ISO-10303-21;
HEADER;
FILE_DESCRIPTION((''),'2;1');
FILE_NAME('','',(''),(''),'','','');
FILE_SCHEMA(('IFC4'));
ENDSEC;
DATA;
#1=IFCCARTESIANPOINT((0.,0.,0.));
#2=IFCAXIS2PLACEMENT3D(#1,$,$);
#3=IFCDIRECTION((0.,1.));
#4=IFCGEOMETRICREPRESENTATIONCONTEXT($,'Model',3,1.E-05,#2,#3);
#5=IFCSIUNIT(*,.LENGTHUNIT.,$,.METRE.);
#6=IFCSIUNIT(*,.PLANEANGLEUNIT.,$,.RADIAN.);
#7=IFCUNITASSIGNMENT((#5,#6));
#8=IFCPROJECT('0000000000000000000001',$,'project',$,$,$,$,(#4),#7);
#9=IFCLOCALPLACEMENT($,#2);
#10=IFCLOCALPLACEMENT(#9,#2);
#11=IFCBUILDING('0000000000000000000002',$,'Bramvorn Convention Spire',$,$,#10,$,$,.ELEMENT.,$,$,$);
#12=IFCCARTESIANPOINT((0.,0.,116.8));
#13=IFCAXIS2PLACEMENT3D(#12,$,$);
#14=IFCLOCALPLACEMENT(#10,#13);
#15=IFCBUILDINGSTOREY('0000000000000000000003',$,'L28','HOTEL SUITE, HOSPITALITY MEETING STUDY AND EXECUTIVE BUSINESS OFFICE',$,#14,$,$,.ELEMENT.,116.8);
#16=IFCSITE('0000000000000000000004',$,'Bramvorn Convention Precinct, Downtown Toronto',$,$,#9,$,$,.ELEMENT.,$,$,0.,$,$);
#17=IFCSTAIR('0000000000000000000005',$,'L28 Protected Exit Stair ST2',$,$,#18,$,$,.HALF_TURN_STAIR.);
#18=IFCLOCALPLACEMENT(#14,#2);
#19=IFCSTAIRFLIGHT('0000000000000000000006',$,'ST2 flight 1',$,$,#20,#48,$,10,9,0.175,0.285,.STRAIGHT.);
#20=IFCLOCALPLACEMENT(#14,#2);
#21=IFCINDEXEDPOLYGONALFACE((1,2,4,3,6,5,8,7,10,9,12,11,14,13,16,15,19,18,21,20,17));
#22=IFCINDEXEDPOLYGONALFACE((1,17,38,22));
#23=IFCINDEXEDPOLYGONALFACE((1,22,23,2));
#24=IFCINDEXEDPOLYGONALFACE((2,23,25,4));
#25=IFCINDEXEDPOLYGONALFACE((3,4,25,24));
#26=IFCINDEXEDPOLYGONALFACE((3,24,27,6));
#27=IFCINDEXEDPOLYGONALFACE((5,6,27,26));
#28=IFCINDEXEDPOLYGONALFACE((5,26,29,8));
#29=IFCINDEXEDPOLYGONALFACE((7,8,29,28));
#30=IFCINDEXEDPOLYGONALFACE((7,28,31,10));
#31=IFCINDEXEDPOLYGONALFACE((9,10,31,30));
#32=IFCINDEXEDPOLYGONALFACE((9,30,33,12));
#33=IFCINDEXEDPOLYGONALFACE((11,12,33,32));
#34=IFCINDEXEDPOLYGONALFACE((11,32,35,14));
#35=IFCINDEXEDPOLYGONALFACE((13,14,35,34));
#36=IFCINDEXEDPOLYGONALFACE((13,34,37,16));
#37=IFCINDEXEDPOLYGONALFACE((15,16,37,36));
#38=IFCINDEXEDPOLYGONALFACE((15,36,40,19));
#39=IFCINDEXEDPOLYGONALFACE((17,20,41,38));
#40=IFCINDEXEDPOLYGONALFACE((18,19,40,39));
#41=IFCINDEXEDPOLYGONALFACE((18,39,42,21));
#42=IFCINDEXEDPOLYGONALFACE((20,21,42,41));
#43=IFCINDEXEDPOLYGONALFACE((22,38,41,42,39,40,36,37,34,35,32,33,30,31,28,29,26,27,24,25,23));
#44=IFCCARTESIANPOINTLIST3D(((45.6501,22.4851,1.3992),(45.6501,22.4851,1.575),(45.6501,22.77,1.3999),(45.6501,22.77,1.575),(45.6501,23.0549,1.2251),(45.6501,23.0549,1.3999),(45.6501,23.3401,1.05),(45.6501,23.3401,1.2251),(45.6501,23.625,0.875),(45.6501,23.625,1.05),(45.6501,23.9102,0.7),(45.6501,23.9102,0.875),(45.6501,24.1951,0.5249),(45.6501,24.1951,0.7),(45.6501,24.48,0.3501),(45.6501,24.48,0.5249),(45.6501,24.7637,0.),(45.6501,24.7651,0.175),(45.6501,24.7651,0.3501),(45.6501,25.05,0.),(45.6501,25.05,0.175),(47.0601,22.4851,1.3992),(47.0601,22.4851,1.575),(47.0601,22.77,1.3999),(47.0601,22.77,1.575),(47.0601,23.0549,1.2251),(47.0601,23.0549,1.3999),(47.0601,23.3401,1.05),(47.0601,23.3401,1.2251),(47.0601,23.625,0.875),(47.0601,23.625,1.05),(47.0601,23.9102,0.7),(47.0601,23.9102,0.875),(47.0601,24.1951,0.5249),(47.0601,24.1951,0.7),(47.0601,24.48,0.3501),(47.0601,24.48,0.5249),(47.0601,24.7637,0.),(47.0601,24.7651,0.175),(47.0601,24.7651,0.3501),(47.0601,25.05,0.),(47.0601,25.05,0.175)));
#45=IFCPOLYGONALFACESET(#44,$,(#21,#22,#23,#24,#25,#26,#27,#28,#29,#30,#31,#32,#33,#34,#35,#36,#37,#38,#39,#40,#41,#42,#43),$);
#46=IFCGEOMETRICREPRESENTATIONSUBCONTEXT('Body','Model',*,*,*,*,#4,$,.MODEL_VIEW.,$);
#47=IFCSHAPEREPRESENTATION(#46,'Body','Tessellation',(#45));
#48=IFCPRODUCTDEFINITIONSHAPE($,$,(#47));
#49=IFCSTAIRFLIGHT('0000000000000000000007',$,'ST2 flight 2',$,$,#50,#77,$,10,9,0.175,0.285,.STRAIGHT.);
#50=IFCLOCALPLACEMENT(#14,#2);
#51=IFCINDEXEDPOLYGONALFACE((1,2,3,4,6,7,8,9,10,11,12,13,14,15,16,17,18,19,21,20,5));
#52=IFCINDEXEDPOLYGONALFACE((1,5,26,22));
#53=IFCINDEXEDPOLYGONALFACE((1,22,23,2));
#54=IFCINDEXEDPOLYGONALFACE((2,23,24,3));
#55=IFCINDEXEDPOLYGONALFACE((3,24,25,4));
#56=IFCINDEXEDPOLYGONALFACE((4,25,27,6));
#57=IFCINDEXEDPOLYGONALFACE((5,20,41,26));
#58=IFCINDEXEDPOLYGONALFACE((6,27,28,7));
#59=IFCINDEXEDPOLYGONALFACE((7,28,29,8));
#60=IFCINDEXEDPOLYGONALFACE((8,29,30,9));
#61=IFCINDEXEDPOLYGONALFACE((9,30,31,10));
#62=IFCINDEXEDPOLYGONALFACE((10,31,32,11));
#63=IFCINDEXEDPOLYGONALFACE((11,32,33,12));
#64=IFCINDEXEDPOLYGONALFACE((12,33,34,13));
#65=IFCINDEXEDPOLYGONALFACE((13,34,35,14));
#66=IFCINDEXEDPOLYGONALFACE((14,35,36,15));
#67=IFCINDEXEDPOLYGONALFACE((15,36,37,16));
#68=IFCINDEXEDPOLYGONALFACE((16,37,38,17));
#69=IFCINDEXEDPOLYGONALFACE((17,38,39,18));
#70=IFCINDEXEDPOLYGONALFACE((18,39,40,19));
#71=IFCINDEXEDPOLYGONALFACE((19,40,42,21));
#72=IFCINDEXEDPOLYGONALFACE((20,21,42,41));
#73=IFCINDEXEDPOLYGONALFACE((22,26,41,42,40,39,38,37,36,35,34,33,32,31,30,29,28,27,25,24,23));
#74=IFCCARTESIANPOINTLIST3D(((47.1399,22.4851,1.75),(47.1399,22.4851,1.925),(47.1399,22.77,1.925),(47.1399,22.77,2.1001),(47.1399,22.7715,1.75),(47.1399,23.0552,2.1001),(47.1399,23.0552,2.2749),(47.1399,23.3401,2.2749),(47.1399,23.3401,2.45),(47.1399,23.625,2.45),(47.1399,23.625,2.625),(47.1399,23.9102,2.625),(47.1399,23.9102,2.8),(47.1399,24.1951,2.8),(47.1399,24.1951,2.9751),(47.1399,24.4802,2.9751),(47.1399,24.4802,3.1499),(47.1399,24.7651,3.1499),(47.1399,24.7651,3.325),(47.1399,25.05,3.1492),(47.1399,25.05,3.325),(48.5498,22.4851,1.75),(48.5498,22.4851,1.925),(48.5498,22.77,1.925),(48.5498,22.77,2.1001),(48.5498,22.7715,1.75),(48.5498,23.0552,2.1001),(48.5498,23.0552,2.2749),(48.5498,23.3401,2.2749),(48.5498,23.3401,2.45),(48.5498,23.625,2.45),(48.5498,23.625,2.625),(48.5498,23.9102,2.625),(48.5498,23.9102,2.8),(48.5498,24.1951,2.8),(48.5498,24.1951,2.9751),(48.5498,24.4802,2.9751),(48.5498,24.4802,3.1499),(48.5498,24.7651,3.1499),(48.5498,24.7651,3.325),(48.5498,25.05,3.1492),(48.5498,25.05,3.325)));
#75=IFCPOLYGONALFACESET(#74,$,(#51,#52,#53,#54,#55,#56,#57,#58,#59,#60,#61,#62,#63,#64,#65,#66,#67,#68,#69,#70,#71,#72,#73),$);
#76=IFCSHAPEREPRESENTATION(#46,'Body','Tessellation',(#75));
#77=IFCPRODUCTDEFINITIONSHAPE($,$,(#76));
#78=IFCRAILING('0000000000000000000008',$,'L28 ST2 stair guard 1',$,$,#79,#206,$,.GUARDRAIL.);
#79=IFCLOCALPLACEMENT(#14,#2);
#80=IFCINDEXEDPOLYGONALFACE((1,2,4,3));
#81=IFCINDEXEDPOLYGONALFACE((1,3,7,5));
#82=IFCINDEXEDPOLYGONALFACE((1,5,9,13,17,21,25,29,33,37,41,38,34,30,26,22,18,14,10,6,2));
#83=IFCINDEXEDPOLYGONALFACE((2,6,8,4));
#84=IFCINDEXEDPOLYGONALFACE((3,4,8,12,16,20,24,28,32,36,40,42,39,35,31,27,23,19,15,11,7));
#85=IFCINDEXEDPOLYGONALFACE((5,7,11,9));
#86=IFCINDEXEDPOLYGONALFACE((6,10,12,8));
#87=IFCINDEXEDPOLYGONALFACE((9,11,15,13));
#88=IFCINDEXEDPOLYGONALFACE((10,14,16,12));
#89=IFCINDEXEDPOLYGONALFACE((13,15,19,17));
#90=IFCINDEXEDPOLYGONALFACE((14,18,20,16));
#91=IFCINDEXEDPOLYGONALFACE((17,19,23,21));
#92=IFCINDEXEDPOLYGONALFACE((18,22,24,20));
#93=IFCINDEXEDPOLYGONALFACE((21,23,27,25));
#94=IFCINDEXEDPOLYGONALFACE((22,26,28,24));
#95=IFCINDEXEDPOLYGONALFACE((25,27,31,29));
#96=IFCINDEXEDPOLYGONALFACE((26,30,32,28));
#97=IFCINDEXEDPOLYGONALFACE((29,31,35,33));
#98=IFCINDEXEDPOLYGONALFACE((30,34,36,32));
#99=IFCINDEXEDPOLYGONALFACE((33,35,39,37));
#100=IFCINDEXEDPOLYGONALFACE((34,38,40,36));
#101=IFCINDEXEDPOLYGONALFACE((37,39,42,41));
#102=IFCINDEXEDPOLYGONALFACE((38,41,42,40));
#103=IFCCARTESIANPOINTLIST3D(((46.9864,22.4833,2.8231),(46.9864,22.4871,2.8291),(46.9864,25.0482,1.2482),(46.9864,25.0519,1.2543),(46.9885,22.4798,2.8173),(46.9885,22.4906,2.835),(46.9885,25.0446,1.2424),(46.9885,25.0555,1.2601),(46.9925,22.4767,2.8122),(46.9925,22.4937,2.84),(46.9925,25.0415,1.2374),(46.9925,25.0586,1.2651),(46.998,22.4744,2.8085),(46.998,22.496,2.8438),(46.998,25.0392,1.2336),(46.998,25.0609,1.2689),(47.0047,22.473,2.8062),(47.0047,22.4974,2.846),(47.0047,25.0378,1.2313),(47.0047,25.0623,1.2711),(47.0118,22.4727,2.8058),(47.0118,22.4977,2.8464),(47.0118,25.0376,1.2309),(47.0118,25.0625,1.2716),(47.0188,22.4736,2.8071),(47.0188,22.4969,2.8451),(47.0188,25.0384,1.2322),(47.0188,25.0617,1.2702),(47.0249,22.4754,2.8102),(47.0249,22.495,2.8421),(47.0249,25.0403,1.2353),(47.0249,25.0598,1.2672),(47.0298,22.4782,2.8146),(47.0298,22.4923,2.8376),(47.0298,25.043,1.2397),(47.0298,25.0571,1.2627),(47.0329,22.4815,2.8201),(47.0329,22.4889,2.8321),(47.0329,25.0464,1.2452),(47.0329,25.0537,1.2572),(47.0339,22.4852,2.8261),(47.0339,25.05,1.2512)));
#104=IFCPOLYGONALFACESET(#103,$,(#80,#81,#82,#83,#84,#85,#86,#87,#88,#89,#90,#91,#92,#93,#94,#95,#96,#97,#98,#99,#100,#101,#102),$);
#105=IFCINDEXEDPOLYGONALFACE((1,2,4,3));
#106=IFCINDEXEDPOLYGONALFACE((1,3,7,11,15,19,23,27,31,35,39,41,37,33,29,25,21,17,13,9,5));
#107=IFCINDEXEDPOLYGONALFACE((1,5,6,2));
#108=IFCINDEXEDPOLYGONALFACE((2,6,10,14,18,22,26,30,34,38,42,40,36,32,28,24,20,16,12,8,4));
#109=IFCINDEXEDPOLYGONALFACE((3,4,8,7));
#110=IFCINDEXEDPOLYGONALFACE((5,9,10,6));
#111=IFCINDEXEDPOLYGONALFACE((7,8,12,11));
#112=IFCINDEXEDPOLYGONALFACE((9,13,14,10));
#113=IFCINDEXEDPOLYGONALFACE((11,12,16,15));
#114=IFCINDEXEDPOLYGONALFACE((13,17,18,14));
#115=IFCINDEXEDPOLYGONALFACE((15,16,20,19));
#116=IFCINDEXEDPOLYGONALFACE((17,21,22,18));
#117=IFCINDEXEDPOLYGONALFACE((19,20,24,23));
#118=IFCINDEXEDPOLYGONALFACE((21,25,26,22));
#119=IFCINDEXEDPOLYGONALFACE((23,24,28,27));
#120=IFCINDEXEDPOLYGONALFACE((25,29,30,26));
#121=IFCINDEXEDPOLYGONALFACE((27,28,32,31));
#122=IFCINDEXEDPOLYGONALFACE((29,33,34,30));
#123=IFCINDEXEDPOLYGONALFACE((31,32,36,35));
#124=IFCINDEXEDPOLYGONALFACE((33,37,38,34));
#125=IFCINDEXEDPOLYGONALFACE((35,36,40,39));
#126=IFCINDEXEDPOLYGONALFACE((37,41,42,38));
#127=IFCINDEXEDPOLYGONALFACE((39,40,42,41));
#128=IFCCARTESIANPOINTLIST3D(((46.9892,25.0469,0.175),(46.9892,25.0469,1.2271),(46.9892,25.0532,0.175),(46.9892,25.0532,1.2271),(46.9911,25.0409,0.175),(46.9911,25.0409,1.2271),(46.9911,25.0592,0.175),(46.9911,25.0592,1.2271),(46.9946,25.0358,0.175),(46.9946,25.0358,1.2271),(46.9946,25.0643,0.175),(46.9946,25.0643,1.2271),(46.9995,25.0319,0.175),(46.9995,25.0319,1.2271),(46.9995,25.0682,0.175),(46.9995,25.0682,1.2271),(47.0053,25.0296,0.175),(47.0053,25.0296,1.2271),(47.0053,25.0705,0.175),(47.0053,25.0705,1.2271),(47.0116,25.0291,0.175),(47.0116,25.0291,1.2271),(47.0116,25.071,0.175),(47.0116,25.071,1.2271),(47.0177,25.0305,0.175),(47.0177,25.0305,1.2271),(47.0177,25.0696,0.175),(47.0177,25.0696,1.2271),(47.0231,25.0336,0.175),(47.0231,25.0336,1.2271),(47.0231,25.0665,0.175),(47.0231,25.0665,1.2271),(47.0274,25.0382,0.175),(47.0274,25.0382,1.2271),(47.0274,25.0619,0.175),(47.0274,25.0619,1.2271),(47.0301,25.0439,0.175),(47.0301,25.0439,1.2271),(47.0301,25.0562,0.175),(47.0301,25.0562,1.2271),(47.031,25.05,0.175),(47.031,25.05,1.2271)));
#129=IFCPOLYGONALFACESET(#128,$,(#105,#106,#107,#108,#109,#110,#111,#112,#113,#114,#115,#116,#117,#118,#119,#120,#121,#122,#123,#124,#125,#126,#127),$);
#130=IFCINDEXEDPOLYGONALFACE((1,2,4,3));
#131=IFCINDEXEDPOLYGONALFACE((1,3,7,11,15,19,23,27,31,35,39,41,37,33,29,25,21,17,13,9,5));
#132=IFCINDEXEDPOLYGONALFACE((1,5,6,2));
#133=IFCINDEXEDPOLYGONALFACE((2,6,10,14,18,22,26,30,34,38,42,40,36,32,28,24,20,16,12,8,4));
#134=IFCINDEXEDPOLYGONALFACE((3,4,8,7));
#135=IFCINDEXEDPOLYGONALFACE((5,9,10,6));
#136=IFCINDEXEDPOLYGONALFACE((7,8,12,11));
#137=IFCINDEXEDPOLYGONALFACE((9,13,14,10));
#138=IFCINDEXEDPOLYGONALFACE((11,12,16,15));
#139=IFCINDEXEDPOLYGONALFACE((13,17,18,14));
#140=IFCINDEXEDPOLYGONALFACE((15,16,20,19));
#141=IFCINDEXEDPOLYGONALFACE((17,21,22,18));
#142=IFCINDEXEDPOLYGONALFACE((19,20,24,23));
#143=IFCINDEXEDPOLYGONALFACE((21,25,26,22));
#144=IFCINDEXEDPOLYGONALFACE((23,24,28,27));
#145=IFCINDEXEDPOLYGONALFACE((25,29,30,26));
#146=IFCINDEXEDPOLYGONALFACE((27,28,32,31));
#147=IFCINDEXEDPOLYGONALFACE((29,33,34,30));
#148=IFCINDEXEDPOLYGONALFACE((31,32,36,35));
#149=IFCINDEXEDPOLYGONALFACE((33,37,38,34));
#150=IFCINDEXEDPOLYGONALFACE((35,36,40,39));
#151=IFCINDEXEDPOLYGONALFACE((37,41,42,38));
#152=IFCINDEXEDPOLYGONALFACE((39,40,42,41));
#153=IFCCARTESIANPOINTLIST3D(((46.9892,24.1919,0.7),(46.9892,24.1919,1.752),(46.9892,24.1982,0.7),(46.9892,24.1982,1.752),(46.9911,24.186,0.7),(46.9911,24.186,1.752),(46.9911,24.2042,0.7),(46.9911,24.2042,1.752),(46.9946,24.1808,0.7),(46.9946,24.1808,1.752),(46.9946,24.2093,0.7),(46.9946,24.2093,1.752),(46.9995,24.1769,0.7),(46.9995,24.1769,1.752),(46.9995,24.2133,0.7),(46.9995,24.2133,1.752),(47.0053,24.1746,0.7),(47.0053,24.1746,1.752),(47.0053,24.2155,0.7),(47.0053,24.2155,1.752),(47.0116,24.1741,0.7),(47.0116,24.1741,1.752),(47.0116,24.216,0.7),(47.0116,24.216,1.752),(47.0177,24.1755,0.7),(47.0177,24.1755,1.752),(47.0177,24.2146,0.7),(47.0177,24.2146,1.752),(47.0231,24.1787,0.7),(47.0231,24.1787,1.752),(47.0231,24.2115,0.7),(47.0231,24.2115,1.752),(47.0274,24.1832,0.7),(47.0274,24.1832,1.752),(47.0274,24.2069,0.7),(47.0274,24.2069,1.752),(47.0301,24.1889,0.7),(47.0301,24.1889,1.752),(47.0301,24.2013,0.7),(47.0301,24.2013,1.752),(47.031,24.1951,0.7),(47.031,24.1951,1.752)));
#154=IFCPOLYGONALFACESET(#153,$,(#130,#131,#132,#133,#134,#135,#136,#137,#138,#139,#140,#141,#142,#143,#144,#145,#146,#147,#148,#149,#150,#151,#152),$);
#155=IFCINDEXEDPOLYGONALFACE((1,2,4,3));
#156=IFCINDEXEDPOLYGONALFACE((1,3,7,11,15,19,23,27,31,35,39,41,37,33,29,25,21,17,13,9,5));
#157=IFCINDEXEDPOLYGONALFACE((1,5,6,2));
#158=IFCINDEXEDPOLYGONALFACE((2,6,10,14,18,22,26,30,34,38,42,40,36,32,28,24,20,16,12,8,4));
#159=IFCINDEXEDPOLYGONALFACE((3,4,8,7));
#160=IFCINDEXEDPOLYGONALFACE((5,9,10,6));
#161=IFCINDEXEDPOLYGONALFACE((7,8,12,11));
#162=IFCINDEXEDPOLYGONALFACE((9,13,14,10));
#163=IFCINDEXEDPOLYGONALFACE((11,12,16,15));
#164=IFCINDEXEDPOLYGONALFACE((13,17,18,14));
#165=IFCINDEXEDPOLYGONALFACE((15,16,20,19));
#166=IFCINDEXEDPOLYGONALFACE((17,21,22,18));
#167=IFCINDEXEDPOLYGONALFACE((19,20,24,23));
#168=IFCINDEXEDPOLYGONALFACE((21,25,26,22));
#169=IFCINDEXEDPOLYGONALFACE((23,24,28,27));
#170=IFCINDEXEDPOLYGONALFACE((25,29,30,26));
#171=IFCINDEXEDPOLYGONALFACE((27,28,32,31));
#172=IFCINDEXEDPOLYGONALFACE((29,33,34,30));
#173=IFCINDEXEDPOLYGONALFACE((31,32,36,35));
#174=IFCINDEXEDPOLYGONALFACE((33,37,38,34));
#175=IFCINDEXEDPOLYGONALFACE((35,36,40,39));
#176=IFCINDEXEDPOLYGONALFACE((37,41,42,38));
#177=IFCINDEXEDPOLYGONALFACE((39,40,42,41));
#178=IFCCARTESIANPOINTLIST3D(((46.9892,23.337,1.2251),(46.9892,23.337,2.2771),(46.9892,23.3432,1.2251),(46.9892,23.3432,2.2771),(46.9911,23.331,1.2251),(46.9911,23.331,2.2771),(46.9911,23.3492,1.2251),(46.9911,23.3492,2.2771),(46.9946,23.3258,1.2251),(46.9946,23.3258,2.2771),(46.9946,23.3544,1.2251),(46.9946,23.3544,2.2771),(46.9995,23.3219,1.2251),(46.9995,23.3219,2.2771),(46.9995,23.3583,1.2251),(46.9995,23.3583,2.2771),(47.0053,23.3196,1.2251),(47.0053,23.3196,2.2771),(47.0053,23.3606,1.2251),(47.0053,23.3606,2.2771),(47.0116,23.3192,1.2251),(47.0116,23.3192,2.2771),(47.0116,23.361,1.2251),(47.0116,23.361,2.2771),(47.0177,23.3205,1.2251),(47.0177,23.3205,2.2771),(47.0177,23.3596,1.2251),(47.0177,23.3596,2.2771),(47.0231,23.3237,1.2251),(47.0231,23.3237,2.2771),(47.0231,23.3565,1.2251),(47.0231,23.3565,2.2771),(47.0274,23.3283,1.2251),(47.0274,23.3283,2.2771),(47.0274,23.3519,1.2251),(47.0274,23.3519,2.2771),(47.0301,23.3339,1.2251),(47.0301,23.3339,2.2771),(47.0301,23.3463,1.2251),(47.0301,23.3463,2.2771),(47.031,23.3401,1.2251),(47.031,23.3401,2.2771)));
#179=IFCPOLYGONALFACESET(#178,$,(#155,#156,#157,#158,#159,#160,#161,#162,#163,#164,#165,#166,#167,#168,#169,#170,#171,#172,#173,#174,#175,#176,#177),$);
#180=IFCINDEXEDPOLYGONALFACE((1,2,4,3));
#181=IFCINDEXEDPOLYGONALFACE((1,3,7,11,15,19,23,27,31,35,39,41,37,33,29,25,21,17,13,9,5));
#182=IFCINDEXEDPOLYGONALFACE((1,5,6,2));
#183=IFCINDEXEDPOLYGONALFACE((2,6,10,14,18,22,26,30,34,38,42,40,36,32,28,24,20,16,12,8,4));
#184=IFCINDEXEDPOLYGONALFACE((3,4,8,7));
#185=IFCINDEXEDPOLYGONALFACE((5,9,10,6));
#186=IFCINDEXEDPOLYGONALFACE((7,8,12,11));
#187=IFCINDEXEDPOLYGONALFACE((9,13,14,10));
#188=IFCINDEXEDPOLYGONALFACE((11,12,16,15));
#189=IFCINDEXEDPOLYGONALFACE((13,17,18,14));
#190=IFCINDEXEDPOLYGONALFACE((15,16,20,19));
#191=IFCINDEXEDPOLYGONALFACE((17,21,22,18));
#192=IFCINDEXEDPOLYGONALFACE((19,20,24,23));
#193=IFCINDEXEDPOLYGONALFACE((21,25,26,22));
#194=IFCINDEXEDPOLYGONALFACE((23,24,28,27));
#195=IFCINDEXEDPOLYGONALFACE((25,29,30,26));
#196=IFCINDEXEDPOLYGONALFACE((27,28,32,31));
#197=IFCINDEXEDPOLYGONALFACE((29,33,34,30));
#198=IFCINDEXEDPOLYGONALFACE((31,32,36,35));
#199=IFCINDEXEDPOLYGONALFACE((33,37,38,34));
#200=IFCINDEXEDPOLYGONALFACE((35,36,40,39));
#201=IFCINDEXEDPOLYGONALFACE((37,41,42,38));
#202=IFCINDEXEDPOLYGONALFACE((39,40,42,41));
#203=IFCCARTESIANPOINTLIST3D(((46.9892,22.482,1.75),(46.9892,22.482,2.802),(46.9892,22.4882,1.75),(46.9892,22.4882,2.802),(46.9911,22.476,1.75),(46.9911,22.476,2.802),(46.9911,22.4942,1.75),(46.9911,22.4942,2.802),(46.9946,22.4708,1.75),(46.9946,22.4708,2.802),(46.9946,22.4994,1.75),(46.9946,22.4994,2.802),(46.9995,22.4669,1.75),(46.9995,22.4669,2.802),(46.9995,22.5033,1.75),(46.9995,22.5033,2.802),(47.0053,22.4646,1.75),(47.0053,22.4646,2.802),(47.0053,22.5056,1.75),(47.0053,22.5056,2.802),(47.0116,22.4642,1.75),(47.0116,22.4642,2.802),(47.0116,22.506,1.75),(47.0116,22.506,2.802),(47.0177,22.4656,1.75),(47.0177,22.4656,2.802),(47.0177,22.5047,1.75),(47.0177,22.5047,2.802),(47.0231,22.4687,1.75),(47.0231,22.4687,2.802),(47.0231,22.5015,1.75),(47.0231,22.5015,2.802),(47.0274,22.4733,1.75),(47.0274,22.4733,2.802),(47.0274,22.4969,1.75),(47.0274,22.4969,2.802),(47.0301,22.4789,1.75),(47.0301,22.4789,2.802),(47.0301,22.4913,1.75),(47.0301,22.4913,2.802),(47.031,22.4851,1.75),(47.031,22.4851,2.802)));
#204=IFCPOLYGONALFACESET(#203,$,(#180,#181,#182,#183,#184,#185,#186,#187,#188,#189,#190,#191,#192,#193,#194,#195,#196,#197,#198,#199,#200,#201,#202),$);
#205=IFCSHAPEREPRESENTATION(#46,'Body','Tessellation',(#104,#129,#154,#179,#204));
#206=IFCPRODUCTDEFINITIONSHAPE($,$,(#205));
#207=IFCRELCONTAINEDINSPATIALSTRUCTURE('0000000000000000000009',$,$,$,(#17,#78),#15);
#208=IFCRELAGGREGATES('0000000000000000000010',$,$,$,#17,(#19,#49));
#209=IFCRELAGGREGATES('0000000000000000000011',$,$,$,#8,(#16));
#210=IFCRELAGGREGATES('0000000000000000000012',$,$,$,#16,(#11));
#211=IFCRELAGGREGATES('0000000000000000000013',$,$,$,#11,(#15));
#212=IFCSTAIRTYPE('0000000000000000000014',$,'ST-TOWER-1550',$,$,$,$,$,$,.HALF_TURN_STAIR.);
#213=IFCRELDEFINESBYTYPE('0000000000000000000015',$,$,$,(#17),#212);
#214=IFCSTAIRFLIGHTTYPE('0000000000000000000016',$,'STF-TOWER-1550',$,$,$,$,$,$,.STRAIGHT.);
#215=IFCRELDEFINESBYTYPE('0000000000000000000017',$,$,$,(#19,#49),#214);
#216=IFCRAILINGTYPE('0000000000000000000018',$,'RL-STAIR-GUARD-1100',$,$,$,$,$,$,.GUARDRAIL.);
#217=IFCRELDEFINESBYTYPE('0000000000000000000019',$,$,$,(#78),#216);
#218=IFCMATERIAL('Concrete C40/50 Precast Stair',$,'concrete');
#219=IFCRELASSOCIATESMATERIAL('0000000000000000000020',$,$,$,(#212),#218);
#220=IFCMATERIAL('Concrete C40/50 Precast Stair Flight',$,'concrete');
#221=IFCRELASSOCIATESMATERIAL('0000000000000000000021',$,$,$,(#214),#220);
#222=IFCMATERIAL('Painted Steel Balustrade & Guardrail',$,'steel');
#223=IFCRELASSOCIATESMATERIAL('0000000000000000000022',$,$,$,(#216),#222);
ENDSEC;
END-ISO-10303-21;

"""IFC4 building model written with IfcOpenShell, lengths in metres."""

from ifc_helpers import new_model, si_unit, direction, frame, origin, origin_2d, place, context, subcontext, project, spatial, polyline, circle, outline, extrude, material, type_object, element, aggregate, save


model = new_model("IFC4")

# Units and contexts
model_context = context("Model", 3, precision=1e-05, world=origin(), true_north=direction((0.0, 1.0)))
body_context = subcontext(model_context, "Body", "Model", "MODEL_VIEW")
ifc_project = project(units=[si_unit("LENGTHUNIT", "METRE"), si_unit("PLANEANGLEUNIT", "RADIAN")], contexts=[model_context])

# Site, building, storey
site_placement = place(None, origin())
site = spatial("IfcSite", under=ifc_project, at=site_placement, Name="Bramvorn Convention Precinct, Downtown Toronto", CompositionType="ELEMENT", RefElevation=0.0)
building_placement = place(site_placement, origin())
building = spatial("IfcBuilding", under=site, at=building_placement, Name="Bramvorn Convention Spire", CompositionType="ELEMENT")
storey_placement = place(building_placement, frame((0.0, 0.0, 116.8)))
storey = spatial("IfcBuildingStorey", under=building, at=storey_placement, Name="L28", Description="HOTEL SUITE, HOSPITALITY MEETING STUDY AND EXECUTIVE BUSINESS OFFICE", CompositionType="ELEMENT", Elevation=116.8)

# Stair, stair flights
ifc_material_1 = material(Name="Concrete C40/50 Precast Stair", Category="concrete")
stair_type = type_object("IfcStairType", Name="ST-TOWER-1550", PredefinedType="HALF_TURN_STAIR", material=ifc_material_1)
stair_placement = place(storey_placement, origin())
stair = element("IfcStair", 1, at=stair_placement, inside=storey, type_object=stair_type, Name="L28 Protected Exit Stair ST2", PredefinedType="HALF_TURN_STAIR")
ifc_material_2 = material(Name="Concrete C40/50 Precast Stair Flight", Category="concrete")
stair_flight_type = type_object("IfcStairFlightType", Name="STF-TOWER-1550", PredefinedType="STRAIGHT", material=ifc_material_2)
stair_flight_1_placement = place(storey_placement, frame((46.355, 25.05, 0.0), z_axis=(0.0, 0.0, 1.0), x_axis=(0.0, -1.0, 0.0)))
stair_flight_1 = element("IfcStairFlight", 2, at=stair_flight_1_placement, type_object=stair_flight_type, Name="ST2 flight 1", NumberOfRisers=10, NumberOfTreads=9, PredefinedType="STRAIGHT", RiserHeight=0.175, TreadLength=0.285, context=body_context, shape_type="SweptSolid", body=[
    extrude(outline(polyline([(0.0, 0.0), (0.0, 0.175), (0.2849, 0.175), (0.2849, 0.3501), (0.5701, 0.3501), (0.5701, 0.5249), (0.855, 0.5249), (0.855, 0.7), (1.1399, 0.7), (1.1399, 0.875), (1.425, 0.875), (1.425, 1.05), (1.71, 1.05), (1.71, 1.2251), (1.9951, 1.2251), (1.9951, 1.3999), (2.28, 1.3999), (2.28, 1.575), (2.5649, 1.575), (2.5649, 1.75), (2.5649, 1.3992), (0.2864, 0.0), (0.0, 0.0)])), frame((0.0, 0.7051, 0.0), z_axis=(0.0, -1.0, 0.0), x_axis=(1.0, 0.0, 0.0)), (0.0, 0.0, 1.0), 1.4099),
])
stair_flight_2_placement = place(storey_placement, frame((47.845, 22.4851, 1.75), z_axis=(0.0, 0.0, 1.0), x_axis=(0.0, 1.0, 0.0)))
stair_flight_2 = element("IfcStairFlight", 3, at=stair_flight_2_placement, type_object=stair_flight_type, Name="ST2 flight 2", NumberOfRisers=10, NumberOfTreads=9, PredefinedType="STRAIGHT", RiserHeight=0.175, TreadLength=0.285, context=body_context, shape_type="SweptSolid", body=[
    extrude(outline(polyline([(0.0, 0.0), (0.0, 0.175), (0.2849, 0.175), (0.2849, 0.3501), (0.5701, 0.3501), (0.5701, 0.5249), (0.855, 0.5249), (0.855, 0.7), (1.1399, 0.7), (1.1399, 0.875), (1.425, 0.875), (1.425, 1.05), (1.71, 1.05), (1.71, 1.2251), (1.9951, 1.2251), (1.9951, 1.3999), (2.28, 1.3999), (2.28, 1.575), (2.5649, 1.575), (2.5649, 1.75), (2.5649, 1.3992), (0.2864, 0.0), (0.0, 0.0)])), frame((0.0, 0.7051, 0.0), z_axis=(0.0, -1.0, 0.0), x_axis=(1.0, 0.0, 0.0)), (0.0, 0.0, 1.0), 1.4099),
])
aggregate(stair, [stair_flight_1, stair_flight_2])

# Railing
ifc_material_3 = material(Name="Painted Steel Balustrade & Guardrail", Category="steel")
railing_type_1 = type_object("IfcRailingType", Name="RL-STAIR-GUARD-1100", PredefinedType="GUARDRAIL", material=ifc_material_3)
railing_1_placement = place(storey_placement, frame((47.01, 25.05, 0.175)))
element("IfcRailing", 4, at=railing_1_placement, inside=storey, type_object=railing_type_1, Name="L28 ST2 stair guard 1", PredefinedType="GUARDRAIL", context=body_context, shape_type="SweptSolid", body=[
    extrude(circle(Radius=0.0239, at=origin_2d()), frame((0.0, 0.0, 1.0762), z_axis=(0.0, -0.852173, 0.52326), x_axis=(1.0, 0.0, 0.0)), (0.0, 0.0, 1.0), 3.0098),
    extrude(circle(Radius=0.021, at=origin_2d()), origin(), (0.0, 0.0, 1.0), 1.052),
    extrude(circle(Radius=0.021, at=origin_2d()), frame((0.0, -0.855, 0.5249)), (0.0, 0.0, 1.0), 1.052),
    extrude(circle(Radius=0.021, at=origin_2d()), frame((0.0, -1.71, 1.05)), (0.0, 0.0, 1.0), 1.052),
    extrude(circle(Radius=0.021, at=origin_2d()), frame((0.0, -2.5649, 1.575)), (0.0, 0.0, 1.0), 1.052),
])

save(model, "model.ifc")
